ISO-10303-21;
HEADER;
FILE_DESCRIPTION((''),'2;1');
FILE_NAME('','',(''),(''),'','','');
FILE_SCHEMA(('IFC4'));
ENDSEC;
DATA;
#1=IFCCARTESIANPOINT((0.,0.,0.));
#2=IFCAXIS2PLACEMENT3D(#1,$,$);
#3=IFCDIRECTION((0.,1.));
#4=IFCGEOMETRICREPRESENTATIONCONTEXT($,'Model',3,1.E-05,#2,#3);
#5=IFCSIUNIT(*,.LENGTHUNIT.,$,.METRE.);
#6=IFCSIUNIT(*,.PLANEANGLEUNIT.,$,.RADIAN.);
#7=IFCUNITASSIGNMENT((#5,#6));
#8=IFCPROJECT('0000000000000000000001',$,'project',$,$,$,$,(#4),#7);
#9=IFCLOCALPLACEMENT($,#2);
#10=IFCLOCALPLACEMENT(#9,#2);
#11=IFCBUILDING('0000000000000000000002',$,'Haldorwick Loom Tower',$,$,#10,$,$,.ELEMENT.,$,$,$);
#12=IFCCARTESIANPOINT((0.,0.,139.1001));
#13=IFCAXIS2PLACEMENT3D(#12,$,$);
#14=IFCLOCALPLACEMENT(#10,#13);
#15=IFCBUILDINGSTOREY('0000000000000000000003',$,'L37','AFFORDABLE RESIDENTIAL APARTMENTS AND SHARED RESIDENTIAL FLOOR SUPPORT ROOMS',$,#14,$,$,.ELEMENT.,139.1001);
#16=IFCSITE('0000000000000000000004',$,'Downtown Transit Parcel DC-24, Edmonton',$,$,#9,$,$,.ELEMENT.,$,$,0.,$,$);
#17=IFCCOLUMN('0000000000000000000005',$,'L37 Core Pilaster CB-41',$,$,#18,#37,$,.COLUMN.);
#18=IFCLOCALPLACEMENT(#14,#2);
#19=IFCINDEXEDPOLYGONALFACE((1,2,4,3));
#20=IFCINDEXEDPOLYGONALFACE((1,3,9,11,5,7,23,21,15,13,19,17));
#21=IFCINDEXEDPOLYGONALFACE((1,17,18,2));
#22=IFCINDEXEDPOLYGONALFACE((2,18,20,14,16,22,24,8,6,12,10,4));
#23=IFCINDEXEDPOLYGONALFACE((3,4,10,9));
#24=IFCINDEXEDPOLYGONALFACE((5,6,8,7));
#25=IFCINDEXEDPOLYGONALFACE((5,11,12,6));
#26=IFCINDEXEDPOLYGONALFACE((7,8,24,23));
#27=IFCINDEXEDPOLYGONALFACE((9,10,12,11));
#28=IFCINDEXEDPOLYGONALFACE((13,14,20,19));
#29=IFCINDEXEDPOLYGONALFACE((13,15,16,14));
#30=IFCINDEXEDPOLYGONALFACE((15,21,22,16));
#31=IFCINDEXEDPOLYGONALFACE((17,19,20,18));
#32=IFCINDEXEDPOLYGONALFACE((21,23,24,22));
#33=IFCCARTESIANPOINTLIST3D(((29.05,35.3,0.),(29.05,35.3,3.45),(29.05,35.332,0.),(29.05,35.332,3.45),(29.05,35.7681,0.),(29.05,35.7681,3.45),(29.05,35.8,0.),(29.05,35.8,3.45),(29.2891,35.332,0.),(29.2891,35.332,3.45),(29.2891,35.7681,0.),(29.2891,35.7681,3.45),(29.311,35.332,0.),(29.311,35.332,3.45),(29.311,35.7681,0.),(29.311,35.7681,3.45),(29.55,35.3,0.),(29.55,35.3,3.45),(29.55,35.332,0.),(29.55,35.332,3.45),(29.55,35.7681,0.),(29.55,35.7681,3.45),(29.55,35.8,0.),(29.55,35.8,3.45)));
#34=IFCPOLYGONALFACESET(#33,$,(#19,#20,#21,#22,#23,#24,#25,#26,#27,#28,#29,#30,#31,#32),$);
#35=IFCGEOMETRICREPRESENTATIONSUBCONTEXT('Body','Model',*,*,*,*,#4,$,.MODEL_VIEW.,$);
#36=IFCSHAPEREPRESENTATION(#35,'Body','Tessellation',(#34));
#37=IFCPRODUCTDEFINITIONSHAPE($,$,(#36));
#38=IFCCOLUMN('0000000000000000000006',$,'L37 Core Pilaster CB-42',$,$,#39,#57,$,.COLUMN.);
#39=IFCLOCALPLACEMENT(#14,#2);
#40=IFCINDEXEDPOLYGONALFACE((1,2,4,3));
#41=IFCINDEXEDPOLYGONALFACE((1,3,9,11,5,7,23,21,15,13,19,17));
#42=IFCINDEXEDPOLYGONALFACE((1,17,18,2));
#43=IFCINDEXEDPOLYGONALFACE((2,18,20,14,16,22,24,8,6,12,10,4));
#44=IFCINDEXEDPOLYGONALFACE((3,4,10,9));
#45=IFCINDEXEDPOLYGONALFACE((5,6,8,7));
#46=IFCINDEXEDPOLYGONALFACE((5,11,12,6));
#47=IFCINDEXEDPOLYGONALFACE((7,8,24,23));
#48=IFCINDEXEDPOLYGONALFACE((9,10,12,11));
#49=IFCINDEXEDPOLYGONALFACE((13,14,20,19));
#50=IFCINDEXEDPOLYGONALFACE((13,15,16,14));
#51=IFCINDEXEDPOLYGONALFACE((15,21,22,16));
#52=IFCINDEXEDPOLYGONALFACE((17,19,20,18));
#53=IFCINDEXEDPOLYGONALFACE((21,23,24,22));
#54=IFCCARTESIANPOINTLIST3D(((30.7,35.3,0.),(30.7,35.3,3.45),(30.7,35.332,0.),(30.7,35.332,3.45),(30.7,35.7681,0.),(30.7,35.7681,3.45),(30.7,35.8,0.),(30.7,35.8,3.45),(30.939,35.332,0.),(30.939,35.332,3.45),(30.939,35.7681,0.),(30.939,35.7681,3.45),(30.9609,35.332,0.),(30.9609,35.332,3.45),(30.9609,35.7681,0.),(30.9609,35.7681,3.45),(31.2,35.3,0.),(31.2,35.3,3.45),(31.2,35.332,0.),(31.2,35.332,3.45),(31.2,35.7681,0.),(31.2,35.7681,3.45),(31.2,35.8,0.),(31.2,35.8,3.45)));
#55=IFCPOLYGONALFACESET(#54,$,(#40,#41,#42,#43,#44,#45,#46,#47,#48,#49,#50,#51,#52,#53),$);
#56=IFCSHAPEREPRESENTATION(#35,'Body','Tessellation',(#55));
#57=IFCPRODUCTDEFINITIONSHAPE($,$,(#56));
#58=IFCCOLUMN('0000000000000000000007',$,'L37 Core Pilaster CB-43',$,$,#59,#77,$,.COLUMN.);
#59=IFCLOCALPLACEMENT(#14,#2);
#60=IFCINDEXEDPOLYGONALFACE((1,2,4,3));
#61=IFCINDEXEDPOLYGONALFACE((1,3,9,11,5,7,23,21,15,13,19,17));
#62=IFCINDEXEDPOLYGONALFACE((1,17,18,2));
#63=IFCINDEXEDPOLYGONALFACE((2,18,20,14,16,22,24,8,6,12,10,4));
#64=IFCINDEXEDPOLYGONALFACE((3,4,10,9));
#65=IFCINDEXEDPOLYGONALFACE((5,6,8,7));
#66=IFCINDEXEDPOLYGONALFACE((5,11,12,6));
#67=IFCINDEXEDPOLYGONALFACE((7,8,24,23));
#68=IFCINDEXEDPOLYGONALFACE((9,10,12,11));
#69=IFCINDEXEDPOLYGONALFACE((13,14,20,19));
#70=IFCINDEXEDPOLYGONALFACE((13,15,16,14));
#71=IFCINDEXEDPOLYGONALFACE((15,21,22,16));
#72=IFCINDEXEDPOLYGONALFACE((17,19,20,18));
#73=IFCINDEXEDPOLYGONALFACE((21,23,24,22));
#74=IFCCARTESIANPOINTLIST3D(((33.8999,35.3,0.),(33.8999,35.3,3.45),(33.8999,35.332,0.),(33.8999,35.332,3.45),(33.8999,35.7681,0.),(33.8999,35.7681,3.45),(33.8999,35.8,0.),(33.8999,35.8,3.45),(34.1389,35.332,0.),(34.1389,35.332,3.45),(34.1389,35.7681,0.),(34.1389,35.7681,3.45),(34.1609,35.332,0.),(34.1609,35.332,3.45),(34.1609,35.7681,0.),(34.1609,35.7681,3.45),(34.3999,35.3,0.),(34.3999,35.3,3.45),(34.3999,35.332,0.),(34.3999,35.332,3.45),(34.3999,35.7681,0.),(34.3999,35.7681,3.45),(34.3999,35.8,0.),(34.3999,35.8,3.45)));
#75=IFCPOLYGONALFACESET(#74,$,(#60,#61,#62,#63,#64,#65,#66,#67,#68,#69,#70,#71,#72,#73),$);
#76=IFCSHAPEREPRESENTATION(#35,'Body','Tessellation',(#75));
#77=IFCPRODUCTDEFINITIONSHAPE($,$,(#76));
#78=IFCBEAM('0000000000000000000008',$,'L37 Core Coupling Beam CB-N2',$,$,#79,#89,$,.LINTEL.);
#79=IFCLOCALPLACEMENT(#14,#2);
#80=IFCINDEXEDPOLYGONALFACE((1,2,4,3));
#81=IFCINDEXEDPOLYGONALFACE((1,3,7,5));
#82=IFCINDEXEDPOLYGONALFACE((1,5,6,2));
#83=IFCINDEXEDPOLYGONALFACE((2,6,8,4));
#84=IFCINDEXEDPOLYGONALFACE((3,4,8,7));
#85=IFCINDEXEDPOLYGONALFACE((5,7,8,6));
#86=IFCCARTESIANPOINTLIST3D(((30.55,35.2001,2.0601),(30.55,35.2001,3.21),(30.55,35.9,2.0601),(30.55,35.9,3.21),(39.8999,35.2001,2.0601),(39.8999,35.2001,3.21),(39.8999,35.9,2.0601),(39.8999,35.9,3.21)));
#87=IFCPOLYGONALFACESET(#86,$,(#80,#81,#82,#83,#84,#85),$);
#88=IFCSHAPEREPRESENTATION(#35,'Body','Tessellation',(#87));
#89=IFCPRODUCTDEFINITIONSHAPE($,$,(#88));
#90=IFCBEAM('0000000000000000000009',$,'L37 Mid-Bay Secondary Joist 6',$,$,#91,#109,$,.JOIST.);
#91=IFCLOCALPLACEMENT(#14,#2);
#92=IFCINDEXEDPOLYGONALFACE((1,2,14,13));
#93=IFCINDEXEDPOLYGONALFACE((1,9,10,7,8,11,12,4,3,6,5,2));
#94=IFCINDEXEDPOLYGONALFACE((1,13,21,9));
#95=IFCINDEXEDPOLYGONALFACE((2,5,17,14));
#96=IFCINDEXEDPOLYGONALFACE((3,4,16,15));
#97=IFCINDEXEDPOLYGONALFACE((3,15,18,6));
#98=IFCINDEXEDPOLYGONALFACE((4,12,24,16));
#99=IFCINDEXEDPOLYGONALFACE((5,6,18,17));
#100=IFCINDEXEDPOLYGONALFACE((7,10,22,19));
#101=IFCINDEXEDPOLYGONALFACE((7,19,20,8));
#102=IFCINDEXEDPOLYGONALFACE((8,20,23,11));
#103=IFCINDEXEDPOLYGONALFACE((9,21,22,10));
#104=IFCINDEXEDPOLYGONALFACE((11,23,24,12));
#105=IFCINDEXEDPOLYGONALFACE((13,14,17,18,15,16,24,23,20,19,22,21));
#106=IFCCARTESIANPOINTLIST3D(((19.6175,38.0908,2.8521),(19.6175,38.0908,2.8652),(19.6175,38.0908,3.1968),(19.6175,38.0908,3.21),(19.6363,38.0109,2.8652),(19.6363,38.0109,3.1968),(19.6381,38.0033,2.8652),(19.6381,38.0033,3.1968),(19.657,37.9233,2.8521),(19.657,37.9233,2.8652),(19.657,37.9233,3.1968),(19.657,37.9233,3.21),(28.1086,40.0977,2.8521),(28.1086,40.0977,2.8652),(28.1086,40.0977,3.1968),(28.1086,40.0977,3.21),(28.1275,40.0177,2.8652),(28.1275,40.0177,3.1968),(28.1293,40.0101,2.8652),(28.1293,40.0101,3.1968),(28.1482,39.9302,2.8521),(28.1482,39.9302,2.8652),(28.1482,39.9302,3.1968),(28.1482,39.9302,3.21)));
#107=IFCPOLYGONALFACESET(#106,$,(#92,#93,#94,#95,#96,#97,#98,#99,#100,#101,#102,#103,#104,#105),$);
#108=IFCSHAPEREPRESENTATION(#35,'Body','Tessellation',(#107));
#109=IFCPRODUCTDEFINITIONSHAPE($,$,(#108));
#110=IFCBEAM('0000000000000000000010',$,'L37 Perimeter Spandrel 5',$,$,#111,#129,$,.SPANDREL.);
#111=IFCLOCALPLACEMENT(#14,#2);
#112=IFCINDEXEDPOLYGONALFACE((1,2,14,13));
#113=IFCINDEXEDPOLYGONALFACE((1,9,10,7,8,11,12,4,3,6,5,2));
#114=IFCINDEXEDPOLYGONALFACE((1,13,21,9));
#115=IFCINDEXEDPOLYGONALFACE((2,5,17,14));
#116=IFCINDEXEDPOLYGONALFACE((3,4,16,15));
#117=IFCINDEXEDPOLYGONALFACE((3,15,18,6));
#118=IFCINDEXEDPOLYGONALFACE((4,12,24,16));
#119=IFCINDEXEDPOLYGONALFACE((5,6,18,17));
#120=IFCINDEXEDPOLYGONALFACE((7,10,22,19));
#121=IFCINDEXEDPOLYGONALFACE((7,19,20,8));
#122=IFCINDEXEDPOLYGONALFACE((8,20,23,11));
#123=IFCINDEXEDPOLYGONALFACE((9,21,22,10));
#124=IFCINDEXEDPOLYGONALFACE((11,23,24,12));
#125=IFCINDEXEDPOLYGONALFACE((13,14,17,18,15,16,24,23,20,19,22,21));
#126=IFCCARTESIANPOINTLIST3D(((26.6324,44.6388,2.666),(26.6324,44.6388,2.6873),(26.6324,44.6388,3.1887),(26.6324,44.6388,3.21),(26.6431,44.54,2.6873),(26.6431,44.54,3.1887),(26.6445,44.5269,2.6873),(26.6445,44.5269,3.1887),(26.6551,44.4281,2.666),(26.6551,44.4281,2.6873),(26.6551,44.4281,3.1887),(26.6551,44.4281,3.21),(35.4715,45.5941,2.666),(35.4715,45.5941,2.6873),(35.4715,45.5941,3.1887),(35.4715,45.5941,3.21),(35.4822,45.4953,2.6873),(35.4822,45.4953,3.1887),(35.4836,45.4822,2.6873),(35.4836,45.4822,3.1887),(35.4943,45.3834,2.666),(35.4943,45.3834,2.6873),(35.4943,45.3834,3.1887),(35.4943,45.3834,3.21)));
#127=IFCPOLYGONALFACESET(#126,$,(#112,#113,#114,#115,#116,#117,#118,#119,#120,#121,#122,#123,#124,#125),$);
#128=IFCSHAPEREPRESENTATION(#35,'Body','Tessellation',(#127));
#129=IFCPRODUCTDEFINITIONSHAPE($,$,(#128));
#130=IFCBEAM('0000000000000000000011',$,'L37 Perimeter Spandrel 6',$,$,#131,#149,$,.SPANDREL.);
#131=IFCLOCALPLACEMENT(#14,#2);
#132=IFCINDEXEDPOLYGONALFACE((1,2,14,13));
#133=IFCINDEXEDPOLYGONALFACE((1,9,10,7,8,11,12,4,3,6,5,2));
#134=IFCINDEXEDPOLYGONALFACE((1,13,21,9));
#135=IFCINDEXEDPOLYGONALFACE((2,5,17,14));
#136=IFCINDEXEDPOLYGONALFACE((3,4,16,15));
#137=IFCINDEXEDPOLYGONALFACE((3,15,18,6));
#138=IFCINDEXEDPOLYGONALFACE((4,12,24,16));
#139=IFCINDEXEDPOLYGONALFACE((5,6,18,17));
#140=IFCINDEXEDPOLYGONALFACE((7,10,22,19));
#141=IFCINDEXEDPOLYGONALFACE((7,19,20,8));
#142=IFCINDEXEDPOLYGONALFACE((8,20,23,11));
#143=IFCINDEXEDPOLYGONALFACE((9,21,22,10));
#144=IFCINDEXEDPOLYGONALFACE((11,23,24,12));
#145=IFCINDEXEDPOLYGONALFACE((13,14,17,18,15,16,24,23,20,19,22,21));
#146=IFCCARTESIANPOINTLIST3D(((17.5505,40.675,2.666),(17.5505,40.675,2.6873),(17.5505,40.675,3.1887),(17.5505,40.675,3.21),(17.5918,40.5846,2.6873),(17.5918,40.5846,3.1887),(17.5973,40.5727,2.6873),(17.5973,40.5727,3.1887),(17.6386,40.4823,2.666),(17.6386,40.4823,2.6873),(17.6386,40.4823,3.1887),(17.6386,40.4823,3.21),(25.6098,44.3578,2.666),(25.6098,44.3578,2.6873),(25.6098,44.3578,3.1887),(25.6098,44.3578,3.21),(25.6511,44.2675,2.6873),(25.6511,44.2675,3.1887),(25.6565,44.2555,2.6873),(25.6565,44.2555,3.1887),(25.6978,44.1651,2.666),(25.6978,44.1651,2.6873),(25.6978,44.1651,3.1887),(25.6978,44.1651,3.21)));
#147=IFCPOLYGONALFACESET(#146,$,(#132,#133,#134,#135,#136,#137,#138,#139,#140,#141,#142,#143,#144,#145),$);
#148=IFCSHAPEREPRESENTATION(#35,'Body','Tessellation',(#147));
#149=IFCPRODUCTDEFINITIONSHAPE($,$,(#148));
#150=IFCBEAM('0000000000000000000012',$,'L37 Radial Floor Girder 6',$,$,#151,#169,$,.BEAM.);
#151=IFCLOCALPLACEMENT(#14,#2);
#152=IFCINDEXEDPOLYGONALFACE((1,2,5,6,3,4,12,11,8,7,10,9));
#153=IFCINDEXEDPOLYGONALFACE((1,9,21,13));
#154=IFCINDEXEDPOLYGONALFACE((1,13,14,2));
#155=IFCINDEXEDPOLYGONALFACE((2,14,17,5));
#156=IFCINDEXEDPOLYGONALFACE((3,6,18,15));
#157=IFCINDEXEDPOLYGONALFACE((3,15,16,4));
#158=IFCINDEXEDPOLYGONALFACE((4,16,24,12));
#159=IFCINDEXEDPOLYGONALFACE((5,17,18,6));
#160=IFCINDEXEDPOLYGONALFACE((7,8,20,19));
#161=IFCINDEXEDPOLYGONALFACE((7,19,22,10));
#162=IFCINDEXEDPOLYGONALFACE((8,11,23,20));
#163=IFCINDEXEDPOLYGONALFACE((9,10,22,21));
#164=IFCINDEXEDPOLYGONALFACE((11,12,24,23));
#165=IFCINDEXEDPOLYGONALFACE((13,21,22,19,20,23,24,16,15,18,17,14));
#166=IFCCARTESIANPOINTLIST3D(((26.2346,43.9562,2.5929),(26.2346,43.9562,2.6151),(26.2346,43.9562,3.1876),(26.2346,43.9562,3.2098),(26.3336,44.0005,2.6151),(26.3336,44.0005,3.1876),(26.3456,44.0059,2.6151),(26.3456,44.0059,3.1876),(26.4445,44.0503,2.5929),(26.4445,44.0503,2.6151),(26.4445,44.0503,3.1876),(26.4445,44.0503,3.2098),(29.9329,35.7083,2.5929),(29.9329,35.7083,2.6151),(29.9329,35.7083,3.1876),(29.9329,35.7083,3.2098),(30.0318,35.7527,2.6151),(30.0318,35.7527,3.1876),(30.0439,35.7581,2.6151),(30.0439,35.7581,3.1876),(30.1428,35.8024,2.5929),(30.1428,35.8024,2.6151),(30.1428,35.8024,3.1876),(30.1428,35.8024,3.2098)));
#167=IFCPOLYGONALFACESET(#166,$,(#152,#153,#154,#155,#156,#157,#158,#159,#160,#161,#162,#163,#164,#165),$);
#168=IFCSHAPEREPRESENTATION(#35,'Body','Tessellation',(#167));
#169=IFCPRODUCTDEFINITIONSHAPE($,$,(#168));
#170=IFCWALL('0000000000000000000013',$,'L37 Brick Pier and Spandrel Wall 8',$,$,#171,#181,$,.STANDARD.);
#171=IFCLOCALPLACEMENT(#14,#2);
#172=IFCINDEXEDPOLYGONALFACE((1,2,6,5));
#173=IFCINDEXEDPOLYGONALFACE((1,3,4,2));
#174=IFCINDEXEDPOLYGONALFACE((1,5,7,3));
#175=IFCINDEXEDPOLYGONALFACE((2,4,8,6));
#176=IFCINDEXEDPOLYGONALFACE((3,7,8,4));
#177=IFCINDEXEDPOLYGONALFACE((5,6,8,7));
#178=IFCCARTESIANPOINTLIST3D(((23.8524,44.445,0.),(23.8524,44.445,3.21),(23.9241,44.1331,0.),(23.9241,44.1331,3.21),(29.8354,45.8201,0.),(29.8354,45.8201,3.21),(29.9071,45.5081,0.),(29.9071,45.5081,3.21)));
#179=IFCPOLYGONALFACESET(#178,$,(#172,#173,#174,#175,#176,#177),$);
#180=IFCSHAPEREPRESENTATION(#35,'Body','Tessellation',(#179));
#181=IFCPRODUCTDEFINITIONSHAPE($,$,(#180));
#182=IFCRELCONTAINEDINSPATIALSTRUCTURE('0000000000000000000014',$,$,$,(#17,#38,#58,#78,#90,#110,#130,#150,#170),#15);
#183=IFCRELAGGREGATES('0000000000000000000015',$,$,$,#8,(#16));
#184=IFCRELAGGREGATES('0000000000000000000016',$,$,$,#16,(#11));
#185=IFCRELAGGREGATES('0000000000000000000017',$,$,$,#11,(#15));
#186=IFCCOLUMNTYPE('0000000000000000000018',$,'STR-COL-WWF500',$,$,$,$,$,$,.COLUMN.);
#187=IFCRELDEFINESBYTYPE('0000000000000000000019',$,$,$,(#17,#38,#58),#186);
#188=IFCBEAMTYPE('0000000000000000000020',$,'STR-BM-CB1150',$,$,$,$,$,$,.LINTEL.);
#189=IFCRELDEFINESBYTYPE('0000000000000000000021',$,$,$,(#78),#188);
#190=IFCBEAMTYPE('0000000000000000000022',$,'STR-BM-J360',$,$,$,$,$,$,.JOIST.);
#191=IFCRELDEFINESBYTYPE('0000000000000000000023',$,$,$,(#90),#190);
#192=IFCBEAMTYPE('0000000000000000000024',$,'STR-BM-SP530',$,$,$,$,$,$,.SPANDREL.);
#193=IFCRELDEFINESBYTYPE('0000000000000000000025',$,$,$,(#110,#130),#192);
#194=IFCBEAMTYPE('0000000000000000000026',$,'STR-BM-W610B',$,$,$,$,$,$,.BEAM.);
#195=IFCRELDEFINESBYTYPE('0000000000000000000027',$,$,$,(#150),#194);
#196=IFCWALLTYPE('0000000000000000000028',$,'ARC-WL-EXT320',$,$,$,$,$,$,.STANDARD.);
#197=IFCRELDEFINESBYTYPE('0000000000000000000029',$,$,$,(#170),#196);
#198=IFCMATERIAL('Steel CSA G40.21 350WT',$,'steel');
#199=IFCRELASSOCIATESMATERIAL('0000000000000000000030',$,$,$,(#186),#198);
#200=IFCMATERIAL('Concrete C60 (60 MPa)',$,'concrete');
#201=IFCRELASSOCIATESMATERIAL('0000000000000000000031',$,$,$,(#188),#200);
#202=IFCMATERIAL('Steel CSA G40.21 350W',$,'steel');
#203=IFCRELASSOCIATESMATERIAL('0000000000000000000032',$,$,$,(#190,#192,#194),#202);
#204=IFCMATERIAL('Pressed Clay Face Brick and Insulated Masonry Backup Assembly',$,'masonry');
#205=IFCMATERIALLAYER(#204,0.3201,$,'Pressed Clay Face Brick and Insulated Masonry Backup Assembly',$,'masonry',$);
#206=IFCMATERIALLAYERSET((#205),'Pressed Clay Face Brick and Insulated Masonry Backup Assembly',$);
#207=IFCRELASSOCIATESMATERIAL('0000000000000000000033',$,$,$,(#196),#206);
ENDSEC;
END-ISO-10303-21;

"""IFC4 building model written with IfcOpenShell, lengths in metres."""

from ifc_helpers import new_model, si_unit, direction, frame, frame_2d, origin, origin_2d, place, context, subcontext, project, spatial, rectangle, i_section, extrude, material, layer, layer_set, material_profile, profile_set, type_object, element, save


model = new_model("IFC4")

# Units and contexts
model_context = context("Model", 3, precision=1e-05, world=origin(), true_north=direction((0.0, 1.0)))
body_context = subcontext(model_context, "Body", "Model", "MODEL_VIEW")
ifc_project = project(units=[si_unit("LENGTHUNIT", "METRE"), si_unit("PLANEANGLEUNIT", "RADIAN")], contexts=[model_context])

# Site, building, storey
site_placement = place(None, origin())
site = spatial("IfcSite", under=ifc_project, at=site_placement, Name="Downtown Transit Parcel DC-24, Edmonton", CompositionType="ELEMENT", RefElevation=0.0)
building_placement = place(site_placement, origin())
building = spatial("IfcBuilding", under=site, at=building_placement, Name="Haldorwick Loom Tower", CompositionType="ELEMENT")
storey_placement = place(building_placement, frame((0.0, 0.0, 139.1001)))
storey = spatial("IfcBuildingStorey", under=building, at=storey_placement, Name="L37", Description="AFFORDABLE RESIDENTIAL APARTMENTS AND SHARED RESIDENTIAL FLOOR SUPPORT ROOMS", CompositionType="ELEMENT", Elevation=139.1001)

# Columns
ifc_material_1 = material(Name="Concrete C60 (60 MPa)", Category="concrete")
ifc_material_2 = material(Name="Steel CSA G40.21 350WT", Category="steel")
ifc_material_profile_1 = material_profile(ifc_material_2, i_section(OverallWidth=0.5, OverallDepth=0.5, WebThickness=0.022, FlangeThickness=0.032, at=origin_2d()), Name="WWF500X500", Category="steel")
ifc_profile_set_1 = profile_set([ifc_material_profile_1], Name="Steel CSA G40.21 350WT")
column_type_1 = type_object("IfcColumnType", Name="STR-COL-WWF500", PredefinedType="COLUMN", material=ifc_profile_set_1)
for number, where, z_axis, x_axis, name in (
    (1, (29.3, 35.55, 0.0), (0.0, 0.0, 1.0), (1.0, 0.0, 0.0), "L37 Core Pilaster CB-41"),
    (2, (30.95, 35.55, 0.0), (0.0, 0.0, 1.0), (1.0, 0.0, 0.0), "L37 Core Pilaster CB-42"),
    (3, (34.1499, 35.55, 0.0), (0.0, 0.0, 1.0), (1.0, 0.0, 0.0), "L37 Core Pilaster CB-43"),
):
    element("IfcColumn", number, at=place(storey_placement, frame(where, z_axis=z_axis, x_axis=x_axis)), inside=storey, type_object=column_type_1, Name=name, PredefinedType="COLUMN", context=body_context, shape_type="SweptSolid", body=[
        extrude(i_section(OverallWidth=0.5, OverallDepth=0.5, WebThickness=0.022, FlangeThickness=0.032, at=origin_2d()), origin(), (0.0, 0.0, 1.0), 3.45),
    ])

# Beams
ifc_material_profile_2 = material_profile(ifc_material_1, rectangle(XDim=0.7, YDim=1.1499, at=origin_2d()), Name="RC700X1150", Category="concrete")
ifc_profile_set_2 = profile_set([ifc_material_profile_2], Name="Concrete C60 (60 MPa)")
beam_type_1 = type_object("IfcBeamType", Name="STR-BM-CB1150", PredefinedType="LINTEL", material=ifc_profile_set_2)
beam_1_placement = place(storey_placement, frame((30.55, 35.55, 2.635), z_axis=(1.0, 0.0, 0.0), x_axis=(0.0, 1.0, 0.0)))
element("IfcBeam", 4, at=beam_1_placement, inside=storey, type_object=beam_type_1, Name="L37 Core Coupling Beam CB-N2", PredefinedType="LINTEL", context=body_context, shape_type="SweptSolid", body=[
    extrude(rectangle(XDim=0.7, YDim=1.1499, at=origin_2d()), origin(), (0.0, 0.0, 1.0), 9.3499),
])
ifc_material_3 = material(Name="Steel CSA G40.21 350W", Category="steel")
ifc_material_profile_3 = material_profile(ifc_material_3, i_section(OverallWidth=0.1721, OverallDepth=0.3579, WebThickness=0.0078, FlangeThickness=0.0132, at=origin_2d()), Name="W360X57", Category="steel")
ifc_profile_set_3 = profile_set([ifc_material_profile_3], Name="Steel CSA G40.21 350W")
beam_type_2 = type_object("IfcBeamType", Name="STR-BM-J360", PredefinedType="JOIST", material=ifc_profile_set_3)
beam_2_placement = place(storey_placement, frame((28.1284, 40.0139, 3.031), z_axis=(-0.973189, -0.230006, 0.0), x_axis=(0.230006, -0.973189, 0.0)))
element("IfcBeam", 5, at=beam_2_placement, inside=storey, type_object=beam_type_2, Name="L37 Mid-Bay Secondary Joist 6", PredefinedType="JOIST", context=body_context, shape_type="SweptSolid", body=[
    extrude(i_section(OverallWidth=0.1721, OverallDepth=0.3579, WebThickness=0.0078, FlangeThickness=0.0132, at=origin_2d()), origin(), (0.0, 0.0, 1.0), 8.7251),
])
ifc_material_profile_4 = material_profile(ifc_material_3, i_section(OverallWidth=0.2119, OverallDepth=0.5439, WebThickness=0.0132, FlangeThickness=0.0212, at=origin_2d()), Name="W530X123", Category="steel")
ifc_profile_set_4 = profile_set([ifc_material_profile_4], Name="Steel CSA G40.21 350W")
beam_type_3 = type_object("IfcBeamType", Name="STR-BM-SP530", PredefinedType="SPANDREL", material=ifc_profile_set_4)
beam_3_placement = place(storey_placement, frame((35.4829, 45.4888, 2.938), z_axis=(-0.99421, -0.107453, 0.0), x_axis=(0.107453, -0.99421, 0.0)))
element("IfcBeam", 6, at=beam_3_placement, inside=storey, type_object=beam_type_3, Name="L37 Perimeter Spandrel 5", PredefinedType="SPANDREL", context=body_context, shape_type="SweptSolid", body=[
    extrude(i_section(OverallWidth=0.2119, OverallDepth=0.5439, WebThickness=0.0132, FlangeThickness=0.0212, at=origin_2d()), origin(), (0.0, 0.0, 1.0), 8.8906),
])
beam_4_placement = place(storey_placement, frame((25.6538, 44.2615, 2.938), z_axis=(-0.909534, -0.415629, 0.0), x_axis=(0.415629, -0.909534, 0.0)))
element("IfcBeam", 7, at=beam_4_placement, inside=storey, type_object=beam_type_3, Name="L37 Perimeter Spandrel 6", PredefinedType="SPANDREL", context=body_context, shape_type="SweptSolid", body=[
    extrude(i_section(OverallWidth=0.2119, OverallDepth=0.5439, WebThickness=0.0132, FlangeThickness=0.0212, at=origin_2d()), origin(), (0.0, 0.0, 1.0), 8.8608),
])
ifc_material_profile_5 = material_profile(ifc_material_3, i_section(OverallWidth=0.23, OverallDepth=0.6169, WebThickness=0.0132, FlangeThickness=0.0222, at=origin_2d()), Name="W610X140", Category="steel")
ifc_profile_set_5 = profile_set([ifc_material_profile_5], Name="Steel CSA G40.21 350W")
beam_type_4 = type_object("IfcBeamType", Name="STR-BM-W610B", PredefinedType="BEAM", material=ifc_profile_set_5)
beam_5_placement = place(storey_placement, frame((30.0378, 35.7554, 2.9014), z_axis=(-0.409144, 0.91247, 0.0), x_axis=(-0.91247, -0.409144, 0.0)))
element("IfcBeam", 8, at=beam_5_placement, inside=storey, type_object=beam_type_4, Name="L37 Radial Floor Girder 6", PredefinedType="BEAM", context=body_context, shape_type="SweptSolid", body=[
    extrude(i_section(OverallWidth=0.23, OverallDepth=0.6169, WebThickness=0.0132, FlangeThickness=0.0222, at=origin_2d()), origin(), (0.0, 0.0, 1.0), 9.0391),
])

# Wall
ifc_material_4 = material(Name="Pressed Clay Face Brick and Insulated Masonry Backup Assembly", Category="masonry")
ifc_layer_1 = layer(ifc_material_4, 0.3201, Name="Pressed Clay Face Brick and Insulated Masonry Backup Assembly", Category="masonry")
ifc_layer_set_1 = layer_set([ifc_layer_1], Name="Pressed Clay Face Brick and Insulated Masonry Backup Assembly")
wall_type_1 = type_object("IfcWallType", Name="ARC-WL-EXT320", PredefinedType="STANDARD", material=ifc_layer_set_1)
wall_1_placement = place(storey_placement, frame((29.8711, 45.6641, 0.0), z_axis=(0.0, 0.0, 1.0), x_axis=(-0.974593, -0.223982, 0.0)))
element("IfcWall", 9, at=wall_1_placement, inside=storey, type_object=wall_type_1, Name="L37 Brick Pier and Spandrel Wall 8", PredefinedType="STANDARD", context=body_context, shape_type="SweptSolid", body=[
    extrude(rectangle(XDim=6.1389, YDim=0.3201, at=frame_2d((3.0693, 0.0))), origin(), (0.0, 0.0, 1.0), 3.21),
])

save(model, "model.ifc")
